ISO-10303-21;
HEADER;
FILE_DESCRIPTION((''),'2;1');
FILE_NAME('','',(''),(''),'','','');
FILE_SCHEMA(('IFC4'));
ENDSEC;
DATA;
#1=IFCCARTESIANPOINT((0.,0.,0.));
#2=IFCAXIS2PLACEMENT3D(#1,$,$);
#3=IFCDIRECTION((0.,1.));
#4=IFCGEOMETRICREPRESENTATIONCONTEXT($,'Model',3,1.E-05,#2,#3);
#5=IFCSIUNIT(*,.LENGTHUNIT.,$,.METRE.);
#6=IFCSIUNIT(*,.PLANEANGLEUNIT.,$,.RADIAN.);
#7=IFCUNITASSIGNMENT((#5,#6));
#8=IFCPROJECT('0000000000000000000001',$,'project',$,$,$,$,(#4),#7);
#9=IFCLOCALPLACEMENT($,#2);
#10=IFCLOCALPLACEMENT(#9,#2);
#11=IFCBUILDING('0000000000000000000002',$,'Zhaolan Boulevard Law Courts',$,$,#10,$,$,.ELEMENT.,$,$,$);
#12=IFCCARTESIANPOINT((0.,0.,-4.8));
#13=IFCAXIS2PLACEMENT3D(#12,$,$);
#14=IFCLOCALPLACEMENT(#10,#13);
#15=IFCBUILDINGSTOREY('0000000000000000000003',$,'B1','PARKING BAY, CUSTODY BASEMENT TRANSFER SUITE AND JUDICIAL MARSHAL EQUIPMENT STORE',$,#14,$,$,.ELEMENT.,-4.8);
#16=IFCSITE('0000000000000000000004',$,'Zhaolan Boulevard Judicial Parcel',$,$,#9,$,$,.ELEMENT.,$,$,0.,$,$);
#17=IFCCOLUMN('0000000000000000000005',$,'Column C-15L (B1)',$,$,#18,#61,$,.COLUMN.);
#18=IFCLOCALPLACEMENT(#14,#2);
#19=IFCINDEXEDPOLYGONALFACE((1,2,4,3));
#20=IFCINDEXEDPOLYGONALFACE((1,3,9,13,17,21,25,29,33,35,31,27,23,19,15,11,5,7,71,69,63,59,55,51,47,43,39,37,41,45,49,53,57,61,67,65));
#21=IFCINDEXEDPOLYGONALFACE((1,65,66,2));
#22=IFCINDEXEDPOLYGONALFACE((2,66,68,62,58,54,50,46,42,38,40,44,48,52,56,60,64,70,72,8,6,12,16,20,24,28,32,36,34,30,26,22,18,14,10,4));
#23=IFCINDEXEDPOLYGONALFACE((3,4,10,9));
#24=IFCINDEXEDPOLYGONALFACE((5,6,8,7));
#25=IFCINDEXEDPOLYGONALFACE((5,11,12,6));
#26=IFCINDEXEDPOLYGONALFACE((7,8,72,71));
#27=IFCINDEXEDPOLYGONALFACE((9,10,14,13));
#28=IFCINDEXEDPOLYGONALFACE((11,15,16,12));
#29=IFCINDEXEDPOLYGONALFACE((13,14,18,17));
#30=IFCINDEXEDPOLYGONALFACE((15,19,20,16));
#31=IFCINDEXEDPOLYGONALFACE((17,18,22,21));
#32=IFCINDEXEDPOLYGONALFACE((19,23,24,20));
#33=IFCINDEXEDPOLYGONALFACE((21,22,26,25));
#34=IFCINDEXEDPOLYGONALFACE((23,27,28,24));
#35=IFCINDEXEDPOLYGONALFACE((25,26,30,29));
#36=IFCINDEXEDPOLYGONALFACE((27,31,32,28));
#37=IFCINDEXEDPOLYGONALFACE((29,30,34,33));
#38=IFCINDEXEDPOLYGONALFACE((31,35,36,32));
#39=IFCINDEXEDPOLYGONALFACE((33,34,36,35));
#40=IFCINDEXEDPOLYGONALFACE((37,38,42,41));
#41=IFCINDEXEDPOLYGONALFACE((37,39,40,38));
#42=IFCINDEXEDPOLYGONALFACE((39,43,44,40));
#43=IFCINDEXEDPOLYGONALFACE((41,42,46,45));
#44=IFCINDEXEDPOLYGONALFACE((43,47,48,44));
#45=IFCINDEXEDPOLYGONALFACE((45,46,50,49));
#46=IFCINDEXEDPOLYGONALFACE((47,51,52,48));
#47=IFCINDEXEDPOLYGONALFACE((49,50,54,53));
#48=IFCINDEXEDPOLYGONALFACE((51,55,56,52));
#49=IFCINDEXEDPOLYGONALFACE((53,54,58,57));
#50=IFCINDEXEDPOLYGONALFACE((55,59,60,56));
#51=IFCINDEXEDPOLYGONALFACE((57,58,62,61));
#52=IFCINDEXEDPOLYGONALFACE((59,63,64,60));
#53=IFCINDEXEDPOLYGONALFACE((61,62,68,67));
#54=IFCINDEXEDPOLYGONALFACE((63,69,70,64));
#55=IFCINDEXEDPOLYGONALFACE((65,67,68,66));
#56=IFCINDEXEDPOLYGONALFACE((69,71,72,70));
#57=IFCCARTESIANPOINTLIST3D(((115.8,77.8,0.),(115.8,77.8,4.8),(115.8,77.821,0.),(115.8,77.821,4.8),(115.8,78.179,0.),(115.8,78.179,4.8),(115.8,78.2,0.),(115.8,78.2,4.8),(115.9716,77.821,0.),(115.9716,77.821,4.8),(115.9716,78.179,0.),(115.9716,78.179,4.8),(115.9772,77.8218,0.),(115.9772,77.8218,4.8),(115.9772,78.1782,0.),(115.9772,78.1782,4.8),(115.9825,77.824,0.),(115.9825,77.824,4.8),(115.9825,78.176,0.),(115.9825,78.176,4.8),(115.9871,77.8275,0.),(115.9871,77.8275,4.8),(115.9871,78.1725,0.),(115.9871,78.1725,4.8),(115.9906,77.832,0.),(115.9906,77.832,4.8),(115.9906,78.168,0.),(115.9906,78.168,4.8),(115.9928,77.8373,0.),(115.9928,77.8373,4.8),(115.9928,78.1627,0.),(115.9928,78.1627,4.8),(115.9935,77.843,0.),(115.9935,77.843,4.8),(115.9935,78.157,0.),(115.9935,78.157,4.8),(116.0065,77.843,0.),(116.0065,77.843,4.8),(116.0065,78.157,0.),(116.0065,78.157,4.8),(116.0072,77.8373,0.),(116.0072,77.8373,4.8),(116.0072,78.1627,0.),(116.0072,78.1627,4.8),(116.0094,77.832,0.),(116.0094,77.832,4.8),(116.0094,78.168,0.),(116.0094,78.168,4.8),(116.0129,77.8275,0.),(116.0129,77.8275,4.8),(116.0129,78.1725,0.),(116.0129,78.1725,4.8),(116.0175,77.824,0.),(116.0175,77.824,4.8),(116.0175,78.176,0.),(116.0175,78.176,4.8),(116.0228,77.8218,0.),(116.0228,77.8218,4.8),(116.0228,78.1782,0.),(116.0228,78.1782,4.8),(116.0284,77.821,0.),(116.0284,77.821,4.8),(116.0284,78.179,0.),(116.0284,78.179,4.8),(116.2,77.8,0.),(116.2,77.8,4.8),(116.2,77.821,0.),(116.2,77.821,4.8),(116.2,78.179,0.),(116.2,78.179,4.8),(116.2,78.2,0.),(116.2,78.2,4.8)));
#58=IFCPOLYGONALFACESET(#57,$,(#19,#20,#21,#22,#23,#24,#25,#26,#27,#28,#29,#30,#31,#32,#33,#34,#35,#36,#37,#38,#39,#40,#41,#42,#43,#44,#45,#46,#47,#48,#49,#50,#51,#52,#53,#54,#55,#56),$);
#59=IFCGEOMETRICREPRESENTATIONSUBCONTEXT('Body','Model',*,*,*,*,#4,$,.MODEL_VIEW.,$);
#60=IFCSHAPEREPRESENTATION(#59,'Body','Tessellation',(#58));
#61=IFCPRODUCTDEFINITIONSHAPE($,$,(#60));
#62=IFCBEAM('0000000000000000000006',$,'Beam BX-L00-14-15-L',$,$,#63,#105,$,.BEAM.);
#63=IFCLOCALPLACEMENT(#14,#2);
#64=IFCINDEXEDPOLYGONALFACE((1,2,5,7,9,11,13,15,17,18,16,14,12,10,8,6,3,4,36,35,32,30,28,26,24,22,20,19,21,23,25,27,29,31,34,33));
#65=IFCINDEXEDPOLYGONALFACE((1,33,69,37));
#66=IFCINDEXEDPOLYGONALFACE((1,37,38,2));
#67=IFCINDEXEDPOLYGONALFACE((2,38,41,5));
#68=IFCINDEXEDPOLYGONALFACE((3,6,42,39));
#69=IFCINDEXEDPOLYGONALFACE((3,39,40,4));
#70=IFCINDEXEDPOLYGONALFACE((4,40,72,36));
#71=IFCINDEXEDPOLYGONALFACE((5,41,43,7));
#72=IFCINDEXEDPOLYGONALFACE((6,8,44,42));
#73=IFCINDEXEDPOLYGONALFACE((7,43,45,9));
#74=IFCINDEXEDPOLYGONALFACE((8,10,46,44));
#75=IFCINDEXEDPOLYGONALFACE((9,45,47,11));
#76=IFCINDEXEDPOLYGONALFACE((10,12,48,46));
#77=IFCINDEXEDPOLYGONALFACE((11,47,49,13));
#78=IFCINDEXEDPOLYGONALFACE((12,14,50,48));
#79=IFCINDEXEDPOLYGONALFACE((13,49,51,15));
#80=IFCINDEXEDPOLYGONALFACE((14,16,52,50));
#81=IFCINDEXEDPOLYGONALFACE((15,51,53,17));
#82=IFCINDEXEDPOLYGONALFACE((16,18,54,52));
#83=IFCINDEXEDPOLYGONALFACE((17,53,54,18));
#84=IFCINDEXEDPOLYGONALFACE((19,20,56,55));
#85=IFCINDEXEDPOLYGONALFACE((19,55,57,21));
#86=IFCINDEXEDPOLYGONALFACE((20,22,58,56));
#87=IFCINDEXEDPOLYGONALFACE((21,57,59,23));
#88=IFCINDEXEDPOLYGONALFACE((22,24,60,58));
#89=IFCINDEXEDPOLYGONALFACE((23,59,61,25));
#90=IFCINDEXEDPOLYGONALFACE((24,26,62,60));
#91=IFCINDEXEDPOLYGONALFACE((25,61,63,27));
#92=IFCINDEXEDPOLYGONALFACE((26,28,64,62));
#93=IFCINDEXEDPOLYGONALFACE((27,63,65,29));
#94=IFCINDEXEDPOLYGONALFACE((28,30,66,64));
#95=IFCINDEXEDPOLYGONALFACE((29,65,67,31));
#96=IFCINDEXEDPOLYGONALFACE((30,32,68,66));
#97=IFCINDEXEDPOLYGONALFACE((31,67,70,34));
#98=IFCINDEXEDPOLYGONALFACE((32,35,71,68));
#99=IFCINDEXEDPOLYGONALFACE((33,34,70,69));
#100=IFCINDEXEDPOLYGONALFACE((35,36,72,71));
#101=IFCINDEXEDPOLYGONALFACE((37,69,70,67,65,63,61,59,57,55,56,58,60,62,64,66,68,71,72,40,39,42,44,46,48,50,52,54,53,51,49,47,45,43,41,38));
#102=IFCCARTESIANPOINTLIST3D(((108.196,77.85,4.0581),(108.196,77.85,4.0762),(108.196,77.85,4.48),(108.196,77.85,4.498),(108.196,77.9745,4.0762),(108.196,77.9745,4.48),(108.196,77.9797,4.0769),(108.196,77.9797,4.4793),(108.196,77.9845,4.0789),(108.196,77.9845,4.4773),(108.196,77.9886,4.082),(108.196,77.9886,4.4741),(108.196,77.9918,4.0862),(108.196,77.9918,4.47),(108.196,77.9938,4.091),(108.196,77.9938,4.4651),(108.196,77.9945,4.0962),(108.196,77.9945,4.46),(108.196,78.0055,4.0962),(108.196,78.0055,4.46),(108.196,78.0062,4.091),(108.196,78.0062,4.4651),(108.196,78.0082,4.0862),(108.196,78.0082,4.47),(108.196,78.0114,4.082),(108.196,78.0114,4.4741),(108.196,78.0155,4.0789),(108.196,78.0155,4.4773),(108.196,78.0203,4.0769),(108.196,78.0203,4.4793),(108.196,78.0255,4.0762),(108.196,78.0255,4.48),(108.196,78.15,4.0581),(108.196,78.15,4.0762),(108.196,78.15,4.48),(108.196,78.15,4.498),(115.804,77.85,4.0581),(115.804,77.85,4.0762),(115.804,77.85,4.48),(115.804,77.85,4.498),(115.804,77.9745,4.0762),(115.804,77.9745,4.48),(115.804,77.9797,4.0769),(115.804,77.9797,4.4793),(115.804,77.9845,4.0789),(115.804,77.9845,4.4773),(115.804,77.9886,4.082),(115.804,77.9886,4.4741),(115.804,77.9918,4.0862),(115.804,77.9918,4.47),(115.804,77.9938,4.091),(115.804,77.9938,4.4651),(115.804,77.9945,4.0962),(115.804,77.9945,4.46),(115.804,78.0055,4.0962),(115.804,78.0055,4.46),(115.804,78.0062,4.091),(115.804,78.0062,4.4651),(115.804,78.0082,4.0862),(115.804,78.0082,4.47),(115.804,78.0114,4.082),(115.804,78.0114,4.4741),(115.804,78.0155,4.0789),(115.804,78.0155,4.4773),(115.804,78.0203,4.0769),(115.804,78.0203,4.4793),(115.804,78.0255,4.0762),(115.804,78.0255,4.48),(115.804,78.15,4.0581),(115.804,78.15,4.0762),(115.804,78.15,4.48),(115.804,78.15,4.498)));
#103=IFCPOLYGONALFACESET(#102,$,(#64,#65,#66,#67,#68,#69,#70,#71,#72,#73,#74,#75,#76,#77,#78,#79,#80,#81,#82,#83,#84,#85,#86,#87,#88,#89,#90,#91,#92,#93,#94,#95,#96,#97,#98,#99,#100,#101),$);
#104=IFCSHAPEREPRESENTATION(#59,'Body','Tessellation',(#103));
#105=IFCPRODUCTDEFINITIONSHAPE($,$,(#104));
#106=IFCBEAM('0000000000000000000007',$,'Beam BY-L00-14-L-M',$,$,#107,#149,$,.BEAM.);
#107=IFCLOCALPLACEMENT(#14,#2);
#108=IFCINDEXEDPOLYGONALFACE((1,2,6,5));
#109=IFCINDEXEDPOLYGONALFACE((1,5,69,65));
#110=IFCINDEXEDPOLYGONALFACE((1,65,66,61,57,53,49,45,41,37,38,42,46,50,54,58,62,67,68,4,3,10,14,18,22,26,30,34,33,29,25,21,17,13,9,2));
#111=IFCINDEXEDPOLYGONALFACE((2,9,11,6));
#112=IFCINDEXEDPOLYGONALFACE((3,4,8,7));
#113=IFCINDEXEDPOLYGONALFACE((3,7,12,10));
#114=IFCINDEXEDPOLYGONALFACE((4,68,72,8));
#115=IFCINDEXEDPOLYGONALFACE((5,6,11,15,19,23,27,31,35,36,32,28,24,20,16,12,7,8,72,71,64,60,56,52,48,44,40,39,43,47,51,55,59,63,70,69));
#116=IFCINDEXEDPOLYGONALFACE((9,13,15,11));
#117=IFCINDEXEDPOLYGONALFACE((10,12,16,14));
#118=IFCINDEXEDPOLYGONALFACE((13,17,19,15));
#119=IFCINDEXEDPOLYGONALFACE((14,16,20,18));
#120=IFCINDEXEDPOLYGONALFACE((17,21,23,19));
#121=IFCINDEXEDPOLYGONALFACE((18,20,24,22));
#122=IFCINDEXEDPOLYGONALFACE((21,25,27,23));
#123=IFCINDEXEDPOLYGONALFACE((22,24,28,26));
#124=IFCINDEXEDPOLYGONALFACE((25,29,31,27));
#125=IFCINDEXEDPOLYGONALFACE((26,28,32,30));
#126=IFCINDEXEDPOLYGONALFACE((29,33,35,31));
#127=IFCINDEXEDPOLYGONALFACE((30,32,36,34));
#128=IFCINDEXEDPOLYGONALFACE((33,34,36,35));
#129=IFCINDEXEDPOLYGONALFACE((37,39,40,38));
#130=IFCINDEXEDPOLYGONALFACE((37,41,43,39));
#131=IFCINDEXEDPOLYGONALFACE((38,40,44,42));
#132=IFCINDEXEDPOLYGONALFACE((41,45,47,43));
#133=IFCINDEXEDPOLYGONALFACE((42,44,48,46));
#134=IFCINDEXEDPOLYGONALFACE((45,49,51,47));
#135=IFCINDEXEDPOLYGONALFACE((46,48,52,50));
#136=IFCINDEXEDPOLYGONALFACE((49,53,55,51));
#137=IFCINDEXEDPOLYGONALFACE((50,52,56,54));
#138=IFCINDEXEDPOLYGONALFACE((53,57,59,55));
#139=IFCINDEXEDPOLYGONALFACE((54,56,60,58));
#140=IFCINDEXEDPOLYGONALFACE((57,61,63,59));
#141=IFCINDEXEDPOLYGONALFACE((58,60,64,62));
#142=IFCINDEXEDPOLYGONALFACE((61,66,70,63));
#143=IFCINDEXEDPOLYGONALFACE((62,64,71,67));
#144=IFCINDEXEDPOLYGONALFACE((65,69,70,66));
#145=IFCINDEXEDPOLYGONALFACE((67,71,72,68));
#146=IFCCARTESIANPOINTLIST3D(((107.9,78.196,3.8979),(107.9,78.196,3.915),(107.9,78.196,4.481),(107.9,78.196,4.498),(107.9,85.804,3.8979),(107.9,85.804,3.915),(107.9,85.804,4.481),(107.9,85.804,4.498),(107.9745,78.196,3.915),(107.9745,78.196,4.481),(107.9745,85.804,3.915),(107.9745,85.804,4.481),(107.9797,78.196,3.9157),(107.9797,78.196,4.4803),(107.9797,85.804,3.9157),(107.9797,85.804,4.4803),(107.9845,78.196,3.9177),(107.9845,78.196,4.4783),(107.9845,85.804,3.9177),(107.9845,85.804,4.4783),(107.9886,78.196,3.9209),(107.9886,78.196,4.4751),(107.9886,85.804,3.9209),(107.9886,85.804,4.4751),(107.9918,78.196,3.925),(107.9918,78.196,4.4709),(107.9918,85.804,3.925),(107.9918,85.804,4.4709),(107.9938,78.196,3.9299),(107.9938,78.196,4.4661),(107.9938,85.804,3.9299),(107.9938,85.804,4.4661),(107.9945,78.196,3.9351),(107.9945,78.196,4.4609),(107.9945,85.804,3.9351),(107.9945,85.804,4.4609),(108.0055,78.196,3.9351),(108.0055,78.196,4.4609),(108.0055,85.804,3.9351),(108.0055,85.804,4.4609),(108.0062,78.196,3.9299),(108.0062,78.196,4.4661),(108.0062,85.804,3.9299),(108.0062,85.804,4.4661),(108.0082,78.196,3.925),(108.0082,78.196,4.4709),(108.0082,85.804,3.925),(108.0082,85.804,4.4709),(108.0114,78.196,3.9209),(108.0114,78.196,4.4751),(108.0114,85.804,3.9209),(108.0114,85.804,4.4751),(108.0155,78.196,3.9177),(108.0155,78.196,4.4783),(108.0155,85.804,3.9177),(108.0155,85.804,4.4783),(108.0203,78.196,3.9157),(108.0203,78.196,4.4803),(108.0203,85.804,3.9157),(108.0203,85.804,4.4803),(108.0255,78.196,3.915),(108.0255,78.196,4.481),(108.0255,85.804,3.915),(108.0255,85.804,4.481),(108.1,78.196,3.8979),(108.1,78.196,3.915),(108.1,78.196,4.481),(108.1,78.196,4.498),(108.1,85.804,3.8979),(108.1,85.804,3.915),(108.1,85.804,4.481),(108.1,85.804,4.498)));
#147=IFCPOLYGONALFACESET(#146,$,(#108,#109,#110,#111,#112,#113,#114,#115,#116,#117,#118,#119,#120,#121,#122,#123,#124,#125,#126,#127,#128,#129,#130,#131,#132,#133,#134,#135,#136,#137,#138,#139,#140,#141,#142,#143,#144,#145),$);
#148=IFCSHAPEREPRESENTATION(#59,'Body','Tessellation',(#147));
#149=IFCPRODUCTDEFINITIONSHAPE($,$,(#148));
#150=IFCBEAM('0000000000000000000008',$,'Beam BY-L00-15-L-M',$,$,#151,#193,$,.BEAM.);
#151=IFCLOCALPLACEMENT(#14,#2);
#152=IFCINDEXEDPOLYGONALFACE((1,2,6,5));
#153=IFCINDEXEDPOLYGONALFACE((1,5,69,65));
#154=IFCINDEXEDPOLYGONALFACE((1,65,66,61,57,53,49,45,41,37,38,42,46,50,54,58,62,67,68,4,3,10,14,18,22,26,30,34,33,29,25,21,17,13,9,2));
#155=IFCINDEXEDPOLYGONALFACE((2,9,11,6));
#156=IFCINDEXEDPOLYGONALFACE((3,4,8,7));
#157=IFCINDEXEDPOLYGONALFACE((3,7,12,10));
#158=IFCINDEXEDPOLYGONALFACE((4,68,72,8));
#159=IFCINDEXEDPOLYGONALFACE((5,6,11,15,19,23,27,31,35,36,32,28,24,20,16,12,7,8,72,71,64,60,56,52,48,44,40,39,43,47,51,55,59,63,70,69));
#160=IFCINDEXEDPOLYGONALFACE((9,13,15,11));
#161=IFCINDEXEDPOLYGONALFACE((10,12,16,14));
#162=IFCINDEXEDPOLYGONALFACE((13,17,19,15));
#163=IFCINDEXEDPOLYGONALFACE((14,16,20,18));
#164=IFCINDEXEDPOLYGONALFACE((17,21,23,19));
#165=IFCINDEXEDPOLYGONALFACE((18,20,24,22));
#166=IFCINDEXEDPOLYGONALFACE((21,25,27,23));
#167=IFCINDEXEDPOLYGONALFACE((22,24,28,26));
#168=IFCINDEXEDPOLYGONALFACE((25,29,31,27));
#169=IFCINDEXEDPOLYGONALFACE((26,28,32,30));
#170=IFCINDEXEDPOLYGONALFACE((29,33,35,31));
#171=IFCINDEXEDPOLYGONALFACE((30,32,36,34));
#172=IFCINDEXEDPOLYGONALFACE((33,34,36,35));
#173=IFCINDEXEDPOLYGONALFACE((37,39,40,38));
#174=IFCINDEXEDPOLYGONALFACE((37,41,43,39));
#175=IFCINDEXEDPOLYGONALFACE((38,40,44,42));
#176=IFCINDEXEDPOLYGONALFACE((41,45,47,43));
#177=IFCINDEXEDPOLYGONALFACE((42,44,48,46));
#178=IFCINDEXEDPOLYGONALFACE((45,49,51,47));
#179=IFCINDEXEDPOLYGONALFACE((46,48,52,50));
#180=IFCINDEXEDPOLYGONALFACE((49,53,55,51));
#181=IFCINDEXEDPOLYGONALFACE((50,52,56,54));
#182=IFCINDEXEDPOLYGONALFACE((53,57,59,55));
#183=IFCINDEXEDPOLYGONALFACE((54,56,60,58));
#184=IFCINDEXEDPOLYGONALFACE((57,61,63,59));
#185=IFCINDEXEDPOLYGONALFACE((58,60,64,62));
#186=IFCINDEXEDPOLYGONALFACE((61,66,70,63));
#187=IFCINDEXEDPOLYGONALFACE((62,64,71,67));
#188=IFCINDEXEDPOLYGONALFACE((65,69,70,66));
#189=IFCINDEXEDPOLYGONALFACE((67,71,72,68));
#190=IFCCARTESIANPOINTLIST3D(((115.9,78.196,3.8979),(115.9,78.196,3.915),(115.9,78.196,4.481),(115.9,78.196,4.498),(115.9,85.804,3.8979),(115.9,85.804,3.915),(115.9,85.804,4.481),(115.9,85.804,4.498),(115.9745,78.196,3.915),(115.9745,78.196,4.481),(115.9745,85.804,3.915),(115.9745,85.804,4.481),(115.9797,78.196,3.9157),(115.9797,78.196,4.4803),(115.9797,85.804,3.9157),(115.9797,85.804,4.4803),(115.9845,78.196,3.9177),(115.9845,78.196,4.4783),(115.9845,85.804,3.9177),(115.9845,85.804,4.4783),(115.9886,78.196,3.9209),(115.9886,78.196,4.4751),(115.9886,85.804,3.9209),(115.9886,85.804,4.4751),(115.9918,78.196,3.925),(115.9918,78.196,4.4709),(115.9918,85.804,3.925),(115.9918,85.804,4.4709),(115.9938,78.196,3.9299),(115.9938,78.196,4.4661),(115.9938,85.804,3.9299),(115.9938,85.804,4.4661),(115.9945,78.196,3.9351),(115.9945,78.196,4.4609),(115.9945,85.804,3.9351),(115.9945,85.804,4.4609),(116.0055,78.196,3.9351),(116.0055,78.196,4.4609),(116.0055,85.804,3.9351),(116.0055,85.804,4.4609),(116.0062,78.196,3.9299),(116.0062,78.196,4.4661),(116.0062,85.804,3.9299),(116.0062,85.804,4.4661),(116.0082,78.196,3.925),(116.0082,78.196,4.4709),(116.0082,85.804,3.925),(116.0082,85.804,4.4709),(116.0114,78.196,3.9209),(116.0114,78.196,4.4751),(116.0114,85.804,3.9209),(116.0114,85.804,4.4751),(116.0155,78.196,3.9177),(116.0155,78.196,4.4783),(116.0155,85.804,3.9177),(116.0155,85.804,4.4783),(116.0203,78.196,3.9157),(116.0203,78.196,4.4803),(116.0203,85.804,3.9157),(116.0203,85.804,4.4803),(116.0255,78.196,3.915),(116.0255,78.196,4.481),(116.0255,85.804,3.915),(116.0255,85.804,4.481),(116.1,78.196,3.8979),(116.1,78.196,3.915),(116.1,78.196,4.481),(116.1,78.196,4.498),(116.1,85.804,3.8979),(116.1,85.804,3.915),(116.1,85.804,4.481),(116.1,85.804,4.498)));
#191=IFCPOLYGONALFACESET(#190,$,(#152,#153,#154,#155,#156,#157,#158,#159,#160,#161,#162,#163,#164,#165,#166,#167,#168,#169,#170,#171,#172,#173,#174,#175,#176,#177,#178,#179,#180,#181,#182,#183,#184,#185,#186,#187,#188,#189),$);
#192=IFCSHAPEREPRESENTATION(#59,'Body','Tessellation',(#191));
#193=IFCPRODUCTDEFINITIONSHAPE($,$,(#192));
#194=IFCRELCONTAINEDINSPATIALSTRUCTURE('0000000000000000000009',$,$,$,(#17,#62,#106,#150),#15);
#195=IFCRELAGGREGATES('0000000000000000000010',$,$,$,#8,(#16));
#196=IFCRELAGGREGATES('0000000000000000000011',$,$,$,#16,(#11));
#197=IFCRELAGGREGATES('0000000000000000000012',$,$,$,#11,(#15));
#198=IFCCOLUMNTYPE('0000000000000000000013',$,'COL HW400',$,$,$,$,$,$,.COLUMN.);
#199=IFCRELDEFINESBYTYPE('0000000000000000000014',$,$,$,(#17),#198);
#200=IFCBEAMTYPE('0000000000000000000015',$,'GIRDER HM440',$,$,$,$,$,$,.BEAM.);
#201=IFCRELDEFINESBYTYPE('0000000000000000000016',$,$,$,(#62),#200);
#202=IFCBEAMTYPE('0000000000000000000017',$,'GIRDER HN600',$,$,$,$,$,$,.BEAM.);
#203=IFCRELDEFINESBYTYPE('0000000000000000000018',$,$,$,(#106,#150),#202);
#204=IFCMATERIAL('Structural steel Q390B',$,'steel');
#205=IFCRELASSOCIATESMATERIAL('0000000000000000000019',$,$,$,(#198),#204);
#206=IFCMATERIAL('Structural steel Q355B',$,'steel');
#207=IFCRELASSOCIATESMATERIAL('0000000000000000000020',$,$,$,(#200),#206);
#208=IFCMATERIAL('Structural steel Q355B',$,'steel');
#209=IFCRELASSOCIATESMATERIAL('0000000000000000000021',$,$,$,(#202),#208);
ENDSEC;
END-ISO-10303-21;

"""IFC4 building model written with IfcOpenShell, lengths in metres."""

from ifc_helpers import new_model, si_unit, direction, frame, origin, origin_2d, place, context, subcontext, project, spatial, i_section, extrude, material, material_profile, profile_set, type_object, element, save


model = new_model("IFC4")

# Units and contexts
model_context = context("Model", 3, precision=1e-05, world=origin(), true_north=direction((0.0, 1.0)))
body_context = subcontext(model_context, "Body", "Model", "MODEL_VIEW")
ifc_project = project(units=[si_unit("LENGTHUNIT", "METRE"), si_unit("PLANEANGLEUNIT", "RADIAN")], contexts=[model_context])

# Site, building, storey
site_placement = place(None, origin())
site = spatial("IfcSite", under=ifc_project, at=site_placement, Name="Zhaolan Boulevard Judicial Parcel", CompositionType="ELEMENT", RefElevation=0.0)
building_placement = place(site_placement, origin())
building = spatial("IfcBuilding", under=site, at=building_placement, Name="Zhaolan Boulevard Law Courts", CompositionType="ELEMENT")
storey_placement = place(building_placement, frame((0.0, 0.0, -4.8)))
storey = spatial("IfcBuildingStorey", under=building, at=storey_placement, Name="B1", Description="PARKING BAY, CUSTODY BASEMENT TRANSFER SUITE AND JUDICIAL MARSHAL EQUIPMENT STORE", CompositionType="ELEMENT", Elevation=-4.8)

# Column
ifc_material_1 = material(Name="Structural steel Q390B", Category="steel")
ifc_material_profile_1 = material_profile(ifc_material_1, i_section(OverallWidth=0.3999, OverallDepth=0.3999, WebThickness=0.0129, FlangeThickness=0.021, FilletRadius=0.022, at=origin_2d()), Name="HW400x400")
ifc_profile_set_1 = profile_set([ifc_material_profile_1], Name="Structural steel Q390B")
column_type_1 = type_object("IfcColumnType", Name="COL HW400", PredefinedType="COLUMN", material=ifc_profile_set_1)
for number, where, z_axis, x_axis, name in (
    (1, (116.0, 78.0, 0.0), (0.0, 0.0, 1.0), (1.0, 0.0, 0.0), "Column C-15L (B1)"),
):
    element("IfcColumn", number, at=place(storey_placement, frame(where, z_axis=z_axis, x_axis=x_axis)), inside=storey, type_object=column_type_1, Name=name, PredefinedType="COLUMN", context=body_context, shape_type="SweptSolid", body=[
        extrude(i_section(OverallWidth=0.3999, OverallDepth=0.3999, WebThickness=0.0129, FlangeThickness=0.021, FilletRadius=0.022, at=origin_2d()), origin(), (0.0, 0.0, 1.0), 4.8),
    ])

# Beams
ifc_material_2 = material(Name="Structural steel Q355B", Category="steel")
ifc_material_profile_2 = material_profile(ifc_material_2, i_section(OverallWidth=0.3, OverallDepth=0.4399, WebThickness=0.011, FlangeThickness=0.0181, FilletRadius=0.02, at=origin_2d()), Name="HM440x300")
ifc_profile_set_2 = profile_set([ifc_material_profile_2], Name="Structural steel Q355B")
beam_type_1 = type_object("IfcBeamType", Name="GIRDER HM440", PredefinedType="BEAM", material=ifc_profile_set_2)
beam_1_placement = place(storey_placement, frame((108.196, 78.0, 4.2781), z_axis=(1.0, 0.0, 0.0), x_axis=(0.0, 1.0, 0.0)))
element("IfcBeam", 2, at=beam_1_placement, inside=storey, type_object=beam_type_1, Name="Beam BX-L00-14-15-L", PredefinedType="BEAM", context=body_context, shape_type="SweptSolid", body=[
    extrude(i_section(OverallWidth=0.3, OverallDepth=0.4399, WebThickness=0.011, FlangeThickness=0.0181, FilletRadius=0.02, at=origin_2d()), origin(), (0.0, 0.0, 1.0), 7.6079),
])
ifc_material_3 = material(Name="Structural steel Q355B", Category="steel")
ifc_material_profile_3 = material_profile(ifc_material_3, i_section(OverallWidth=0.2, OverallDepth=0.6001, WebThickness=0.011, FlangeThickness=0.0171, FilletRadius=0.02, at=origin_2d()), Name="HN600x200")
ifc_profile_set_3 = profile_set([ifc_material_profile_3], Name="Structural steel Q355B")
beam_type_2 = type_object("IfcBeamType", Name="GIRDER HN600", PredefinedType="BEAM", material=ifc_profile_set_3)
for number, where, z_axis, x_axis, name in (
    (3, (108.0, 78.196, 4.198), (0.0, 1.0, 0.0), (-1.0, 0.0, 0.0), "Beam BY-L00-14-L-M"),
    (4, (116.0, 78.196, 4.198), (0.0, 1.0, 0.0), (-1.0, 0.0, 0.0), "Beam BY-L00-15-L-M"),
):
    element("IfcBeam", number, at=place(storey_placement, frame(where, z_axis=z_axis, x_axis=x_axis)), inside=storey, type_object=beam_type_2, Name=name, PredefinedType="BEAM", context=body_context, shape_type="SweptSolid", body=[
        extrude(i_section(OverallWidth=0.2, OverallDepth=0.6001, WebThickness=0.011, FlangeThickness=0.0171, FilletRadius=0.02, at=origin_2d()), origin(), (0.0, 0.0, 1.0), 7.6079),
    ])

save(model, "model.ifc")
